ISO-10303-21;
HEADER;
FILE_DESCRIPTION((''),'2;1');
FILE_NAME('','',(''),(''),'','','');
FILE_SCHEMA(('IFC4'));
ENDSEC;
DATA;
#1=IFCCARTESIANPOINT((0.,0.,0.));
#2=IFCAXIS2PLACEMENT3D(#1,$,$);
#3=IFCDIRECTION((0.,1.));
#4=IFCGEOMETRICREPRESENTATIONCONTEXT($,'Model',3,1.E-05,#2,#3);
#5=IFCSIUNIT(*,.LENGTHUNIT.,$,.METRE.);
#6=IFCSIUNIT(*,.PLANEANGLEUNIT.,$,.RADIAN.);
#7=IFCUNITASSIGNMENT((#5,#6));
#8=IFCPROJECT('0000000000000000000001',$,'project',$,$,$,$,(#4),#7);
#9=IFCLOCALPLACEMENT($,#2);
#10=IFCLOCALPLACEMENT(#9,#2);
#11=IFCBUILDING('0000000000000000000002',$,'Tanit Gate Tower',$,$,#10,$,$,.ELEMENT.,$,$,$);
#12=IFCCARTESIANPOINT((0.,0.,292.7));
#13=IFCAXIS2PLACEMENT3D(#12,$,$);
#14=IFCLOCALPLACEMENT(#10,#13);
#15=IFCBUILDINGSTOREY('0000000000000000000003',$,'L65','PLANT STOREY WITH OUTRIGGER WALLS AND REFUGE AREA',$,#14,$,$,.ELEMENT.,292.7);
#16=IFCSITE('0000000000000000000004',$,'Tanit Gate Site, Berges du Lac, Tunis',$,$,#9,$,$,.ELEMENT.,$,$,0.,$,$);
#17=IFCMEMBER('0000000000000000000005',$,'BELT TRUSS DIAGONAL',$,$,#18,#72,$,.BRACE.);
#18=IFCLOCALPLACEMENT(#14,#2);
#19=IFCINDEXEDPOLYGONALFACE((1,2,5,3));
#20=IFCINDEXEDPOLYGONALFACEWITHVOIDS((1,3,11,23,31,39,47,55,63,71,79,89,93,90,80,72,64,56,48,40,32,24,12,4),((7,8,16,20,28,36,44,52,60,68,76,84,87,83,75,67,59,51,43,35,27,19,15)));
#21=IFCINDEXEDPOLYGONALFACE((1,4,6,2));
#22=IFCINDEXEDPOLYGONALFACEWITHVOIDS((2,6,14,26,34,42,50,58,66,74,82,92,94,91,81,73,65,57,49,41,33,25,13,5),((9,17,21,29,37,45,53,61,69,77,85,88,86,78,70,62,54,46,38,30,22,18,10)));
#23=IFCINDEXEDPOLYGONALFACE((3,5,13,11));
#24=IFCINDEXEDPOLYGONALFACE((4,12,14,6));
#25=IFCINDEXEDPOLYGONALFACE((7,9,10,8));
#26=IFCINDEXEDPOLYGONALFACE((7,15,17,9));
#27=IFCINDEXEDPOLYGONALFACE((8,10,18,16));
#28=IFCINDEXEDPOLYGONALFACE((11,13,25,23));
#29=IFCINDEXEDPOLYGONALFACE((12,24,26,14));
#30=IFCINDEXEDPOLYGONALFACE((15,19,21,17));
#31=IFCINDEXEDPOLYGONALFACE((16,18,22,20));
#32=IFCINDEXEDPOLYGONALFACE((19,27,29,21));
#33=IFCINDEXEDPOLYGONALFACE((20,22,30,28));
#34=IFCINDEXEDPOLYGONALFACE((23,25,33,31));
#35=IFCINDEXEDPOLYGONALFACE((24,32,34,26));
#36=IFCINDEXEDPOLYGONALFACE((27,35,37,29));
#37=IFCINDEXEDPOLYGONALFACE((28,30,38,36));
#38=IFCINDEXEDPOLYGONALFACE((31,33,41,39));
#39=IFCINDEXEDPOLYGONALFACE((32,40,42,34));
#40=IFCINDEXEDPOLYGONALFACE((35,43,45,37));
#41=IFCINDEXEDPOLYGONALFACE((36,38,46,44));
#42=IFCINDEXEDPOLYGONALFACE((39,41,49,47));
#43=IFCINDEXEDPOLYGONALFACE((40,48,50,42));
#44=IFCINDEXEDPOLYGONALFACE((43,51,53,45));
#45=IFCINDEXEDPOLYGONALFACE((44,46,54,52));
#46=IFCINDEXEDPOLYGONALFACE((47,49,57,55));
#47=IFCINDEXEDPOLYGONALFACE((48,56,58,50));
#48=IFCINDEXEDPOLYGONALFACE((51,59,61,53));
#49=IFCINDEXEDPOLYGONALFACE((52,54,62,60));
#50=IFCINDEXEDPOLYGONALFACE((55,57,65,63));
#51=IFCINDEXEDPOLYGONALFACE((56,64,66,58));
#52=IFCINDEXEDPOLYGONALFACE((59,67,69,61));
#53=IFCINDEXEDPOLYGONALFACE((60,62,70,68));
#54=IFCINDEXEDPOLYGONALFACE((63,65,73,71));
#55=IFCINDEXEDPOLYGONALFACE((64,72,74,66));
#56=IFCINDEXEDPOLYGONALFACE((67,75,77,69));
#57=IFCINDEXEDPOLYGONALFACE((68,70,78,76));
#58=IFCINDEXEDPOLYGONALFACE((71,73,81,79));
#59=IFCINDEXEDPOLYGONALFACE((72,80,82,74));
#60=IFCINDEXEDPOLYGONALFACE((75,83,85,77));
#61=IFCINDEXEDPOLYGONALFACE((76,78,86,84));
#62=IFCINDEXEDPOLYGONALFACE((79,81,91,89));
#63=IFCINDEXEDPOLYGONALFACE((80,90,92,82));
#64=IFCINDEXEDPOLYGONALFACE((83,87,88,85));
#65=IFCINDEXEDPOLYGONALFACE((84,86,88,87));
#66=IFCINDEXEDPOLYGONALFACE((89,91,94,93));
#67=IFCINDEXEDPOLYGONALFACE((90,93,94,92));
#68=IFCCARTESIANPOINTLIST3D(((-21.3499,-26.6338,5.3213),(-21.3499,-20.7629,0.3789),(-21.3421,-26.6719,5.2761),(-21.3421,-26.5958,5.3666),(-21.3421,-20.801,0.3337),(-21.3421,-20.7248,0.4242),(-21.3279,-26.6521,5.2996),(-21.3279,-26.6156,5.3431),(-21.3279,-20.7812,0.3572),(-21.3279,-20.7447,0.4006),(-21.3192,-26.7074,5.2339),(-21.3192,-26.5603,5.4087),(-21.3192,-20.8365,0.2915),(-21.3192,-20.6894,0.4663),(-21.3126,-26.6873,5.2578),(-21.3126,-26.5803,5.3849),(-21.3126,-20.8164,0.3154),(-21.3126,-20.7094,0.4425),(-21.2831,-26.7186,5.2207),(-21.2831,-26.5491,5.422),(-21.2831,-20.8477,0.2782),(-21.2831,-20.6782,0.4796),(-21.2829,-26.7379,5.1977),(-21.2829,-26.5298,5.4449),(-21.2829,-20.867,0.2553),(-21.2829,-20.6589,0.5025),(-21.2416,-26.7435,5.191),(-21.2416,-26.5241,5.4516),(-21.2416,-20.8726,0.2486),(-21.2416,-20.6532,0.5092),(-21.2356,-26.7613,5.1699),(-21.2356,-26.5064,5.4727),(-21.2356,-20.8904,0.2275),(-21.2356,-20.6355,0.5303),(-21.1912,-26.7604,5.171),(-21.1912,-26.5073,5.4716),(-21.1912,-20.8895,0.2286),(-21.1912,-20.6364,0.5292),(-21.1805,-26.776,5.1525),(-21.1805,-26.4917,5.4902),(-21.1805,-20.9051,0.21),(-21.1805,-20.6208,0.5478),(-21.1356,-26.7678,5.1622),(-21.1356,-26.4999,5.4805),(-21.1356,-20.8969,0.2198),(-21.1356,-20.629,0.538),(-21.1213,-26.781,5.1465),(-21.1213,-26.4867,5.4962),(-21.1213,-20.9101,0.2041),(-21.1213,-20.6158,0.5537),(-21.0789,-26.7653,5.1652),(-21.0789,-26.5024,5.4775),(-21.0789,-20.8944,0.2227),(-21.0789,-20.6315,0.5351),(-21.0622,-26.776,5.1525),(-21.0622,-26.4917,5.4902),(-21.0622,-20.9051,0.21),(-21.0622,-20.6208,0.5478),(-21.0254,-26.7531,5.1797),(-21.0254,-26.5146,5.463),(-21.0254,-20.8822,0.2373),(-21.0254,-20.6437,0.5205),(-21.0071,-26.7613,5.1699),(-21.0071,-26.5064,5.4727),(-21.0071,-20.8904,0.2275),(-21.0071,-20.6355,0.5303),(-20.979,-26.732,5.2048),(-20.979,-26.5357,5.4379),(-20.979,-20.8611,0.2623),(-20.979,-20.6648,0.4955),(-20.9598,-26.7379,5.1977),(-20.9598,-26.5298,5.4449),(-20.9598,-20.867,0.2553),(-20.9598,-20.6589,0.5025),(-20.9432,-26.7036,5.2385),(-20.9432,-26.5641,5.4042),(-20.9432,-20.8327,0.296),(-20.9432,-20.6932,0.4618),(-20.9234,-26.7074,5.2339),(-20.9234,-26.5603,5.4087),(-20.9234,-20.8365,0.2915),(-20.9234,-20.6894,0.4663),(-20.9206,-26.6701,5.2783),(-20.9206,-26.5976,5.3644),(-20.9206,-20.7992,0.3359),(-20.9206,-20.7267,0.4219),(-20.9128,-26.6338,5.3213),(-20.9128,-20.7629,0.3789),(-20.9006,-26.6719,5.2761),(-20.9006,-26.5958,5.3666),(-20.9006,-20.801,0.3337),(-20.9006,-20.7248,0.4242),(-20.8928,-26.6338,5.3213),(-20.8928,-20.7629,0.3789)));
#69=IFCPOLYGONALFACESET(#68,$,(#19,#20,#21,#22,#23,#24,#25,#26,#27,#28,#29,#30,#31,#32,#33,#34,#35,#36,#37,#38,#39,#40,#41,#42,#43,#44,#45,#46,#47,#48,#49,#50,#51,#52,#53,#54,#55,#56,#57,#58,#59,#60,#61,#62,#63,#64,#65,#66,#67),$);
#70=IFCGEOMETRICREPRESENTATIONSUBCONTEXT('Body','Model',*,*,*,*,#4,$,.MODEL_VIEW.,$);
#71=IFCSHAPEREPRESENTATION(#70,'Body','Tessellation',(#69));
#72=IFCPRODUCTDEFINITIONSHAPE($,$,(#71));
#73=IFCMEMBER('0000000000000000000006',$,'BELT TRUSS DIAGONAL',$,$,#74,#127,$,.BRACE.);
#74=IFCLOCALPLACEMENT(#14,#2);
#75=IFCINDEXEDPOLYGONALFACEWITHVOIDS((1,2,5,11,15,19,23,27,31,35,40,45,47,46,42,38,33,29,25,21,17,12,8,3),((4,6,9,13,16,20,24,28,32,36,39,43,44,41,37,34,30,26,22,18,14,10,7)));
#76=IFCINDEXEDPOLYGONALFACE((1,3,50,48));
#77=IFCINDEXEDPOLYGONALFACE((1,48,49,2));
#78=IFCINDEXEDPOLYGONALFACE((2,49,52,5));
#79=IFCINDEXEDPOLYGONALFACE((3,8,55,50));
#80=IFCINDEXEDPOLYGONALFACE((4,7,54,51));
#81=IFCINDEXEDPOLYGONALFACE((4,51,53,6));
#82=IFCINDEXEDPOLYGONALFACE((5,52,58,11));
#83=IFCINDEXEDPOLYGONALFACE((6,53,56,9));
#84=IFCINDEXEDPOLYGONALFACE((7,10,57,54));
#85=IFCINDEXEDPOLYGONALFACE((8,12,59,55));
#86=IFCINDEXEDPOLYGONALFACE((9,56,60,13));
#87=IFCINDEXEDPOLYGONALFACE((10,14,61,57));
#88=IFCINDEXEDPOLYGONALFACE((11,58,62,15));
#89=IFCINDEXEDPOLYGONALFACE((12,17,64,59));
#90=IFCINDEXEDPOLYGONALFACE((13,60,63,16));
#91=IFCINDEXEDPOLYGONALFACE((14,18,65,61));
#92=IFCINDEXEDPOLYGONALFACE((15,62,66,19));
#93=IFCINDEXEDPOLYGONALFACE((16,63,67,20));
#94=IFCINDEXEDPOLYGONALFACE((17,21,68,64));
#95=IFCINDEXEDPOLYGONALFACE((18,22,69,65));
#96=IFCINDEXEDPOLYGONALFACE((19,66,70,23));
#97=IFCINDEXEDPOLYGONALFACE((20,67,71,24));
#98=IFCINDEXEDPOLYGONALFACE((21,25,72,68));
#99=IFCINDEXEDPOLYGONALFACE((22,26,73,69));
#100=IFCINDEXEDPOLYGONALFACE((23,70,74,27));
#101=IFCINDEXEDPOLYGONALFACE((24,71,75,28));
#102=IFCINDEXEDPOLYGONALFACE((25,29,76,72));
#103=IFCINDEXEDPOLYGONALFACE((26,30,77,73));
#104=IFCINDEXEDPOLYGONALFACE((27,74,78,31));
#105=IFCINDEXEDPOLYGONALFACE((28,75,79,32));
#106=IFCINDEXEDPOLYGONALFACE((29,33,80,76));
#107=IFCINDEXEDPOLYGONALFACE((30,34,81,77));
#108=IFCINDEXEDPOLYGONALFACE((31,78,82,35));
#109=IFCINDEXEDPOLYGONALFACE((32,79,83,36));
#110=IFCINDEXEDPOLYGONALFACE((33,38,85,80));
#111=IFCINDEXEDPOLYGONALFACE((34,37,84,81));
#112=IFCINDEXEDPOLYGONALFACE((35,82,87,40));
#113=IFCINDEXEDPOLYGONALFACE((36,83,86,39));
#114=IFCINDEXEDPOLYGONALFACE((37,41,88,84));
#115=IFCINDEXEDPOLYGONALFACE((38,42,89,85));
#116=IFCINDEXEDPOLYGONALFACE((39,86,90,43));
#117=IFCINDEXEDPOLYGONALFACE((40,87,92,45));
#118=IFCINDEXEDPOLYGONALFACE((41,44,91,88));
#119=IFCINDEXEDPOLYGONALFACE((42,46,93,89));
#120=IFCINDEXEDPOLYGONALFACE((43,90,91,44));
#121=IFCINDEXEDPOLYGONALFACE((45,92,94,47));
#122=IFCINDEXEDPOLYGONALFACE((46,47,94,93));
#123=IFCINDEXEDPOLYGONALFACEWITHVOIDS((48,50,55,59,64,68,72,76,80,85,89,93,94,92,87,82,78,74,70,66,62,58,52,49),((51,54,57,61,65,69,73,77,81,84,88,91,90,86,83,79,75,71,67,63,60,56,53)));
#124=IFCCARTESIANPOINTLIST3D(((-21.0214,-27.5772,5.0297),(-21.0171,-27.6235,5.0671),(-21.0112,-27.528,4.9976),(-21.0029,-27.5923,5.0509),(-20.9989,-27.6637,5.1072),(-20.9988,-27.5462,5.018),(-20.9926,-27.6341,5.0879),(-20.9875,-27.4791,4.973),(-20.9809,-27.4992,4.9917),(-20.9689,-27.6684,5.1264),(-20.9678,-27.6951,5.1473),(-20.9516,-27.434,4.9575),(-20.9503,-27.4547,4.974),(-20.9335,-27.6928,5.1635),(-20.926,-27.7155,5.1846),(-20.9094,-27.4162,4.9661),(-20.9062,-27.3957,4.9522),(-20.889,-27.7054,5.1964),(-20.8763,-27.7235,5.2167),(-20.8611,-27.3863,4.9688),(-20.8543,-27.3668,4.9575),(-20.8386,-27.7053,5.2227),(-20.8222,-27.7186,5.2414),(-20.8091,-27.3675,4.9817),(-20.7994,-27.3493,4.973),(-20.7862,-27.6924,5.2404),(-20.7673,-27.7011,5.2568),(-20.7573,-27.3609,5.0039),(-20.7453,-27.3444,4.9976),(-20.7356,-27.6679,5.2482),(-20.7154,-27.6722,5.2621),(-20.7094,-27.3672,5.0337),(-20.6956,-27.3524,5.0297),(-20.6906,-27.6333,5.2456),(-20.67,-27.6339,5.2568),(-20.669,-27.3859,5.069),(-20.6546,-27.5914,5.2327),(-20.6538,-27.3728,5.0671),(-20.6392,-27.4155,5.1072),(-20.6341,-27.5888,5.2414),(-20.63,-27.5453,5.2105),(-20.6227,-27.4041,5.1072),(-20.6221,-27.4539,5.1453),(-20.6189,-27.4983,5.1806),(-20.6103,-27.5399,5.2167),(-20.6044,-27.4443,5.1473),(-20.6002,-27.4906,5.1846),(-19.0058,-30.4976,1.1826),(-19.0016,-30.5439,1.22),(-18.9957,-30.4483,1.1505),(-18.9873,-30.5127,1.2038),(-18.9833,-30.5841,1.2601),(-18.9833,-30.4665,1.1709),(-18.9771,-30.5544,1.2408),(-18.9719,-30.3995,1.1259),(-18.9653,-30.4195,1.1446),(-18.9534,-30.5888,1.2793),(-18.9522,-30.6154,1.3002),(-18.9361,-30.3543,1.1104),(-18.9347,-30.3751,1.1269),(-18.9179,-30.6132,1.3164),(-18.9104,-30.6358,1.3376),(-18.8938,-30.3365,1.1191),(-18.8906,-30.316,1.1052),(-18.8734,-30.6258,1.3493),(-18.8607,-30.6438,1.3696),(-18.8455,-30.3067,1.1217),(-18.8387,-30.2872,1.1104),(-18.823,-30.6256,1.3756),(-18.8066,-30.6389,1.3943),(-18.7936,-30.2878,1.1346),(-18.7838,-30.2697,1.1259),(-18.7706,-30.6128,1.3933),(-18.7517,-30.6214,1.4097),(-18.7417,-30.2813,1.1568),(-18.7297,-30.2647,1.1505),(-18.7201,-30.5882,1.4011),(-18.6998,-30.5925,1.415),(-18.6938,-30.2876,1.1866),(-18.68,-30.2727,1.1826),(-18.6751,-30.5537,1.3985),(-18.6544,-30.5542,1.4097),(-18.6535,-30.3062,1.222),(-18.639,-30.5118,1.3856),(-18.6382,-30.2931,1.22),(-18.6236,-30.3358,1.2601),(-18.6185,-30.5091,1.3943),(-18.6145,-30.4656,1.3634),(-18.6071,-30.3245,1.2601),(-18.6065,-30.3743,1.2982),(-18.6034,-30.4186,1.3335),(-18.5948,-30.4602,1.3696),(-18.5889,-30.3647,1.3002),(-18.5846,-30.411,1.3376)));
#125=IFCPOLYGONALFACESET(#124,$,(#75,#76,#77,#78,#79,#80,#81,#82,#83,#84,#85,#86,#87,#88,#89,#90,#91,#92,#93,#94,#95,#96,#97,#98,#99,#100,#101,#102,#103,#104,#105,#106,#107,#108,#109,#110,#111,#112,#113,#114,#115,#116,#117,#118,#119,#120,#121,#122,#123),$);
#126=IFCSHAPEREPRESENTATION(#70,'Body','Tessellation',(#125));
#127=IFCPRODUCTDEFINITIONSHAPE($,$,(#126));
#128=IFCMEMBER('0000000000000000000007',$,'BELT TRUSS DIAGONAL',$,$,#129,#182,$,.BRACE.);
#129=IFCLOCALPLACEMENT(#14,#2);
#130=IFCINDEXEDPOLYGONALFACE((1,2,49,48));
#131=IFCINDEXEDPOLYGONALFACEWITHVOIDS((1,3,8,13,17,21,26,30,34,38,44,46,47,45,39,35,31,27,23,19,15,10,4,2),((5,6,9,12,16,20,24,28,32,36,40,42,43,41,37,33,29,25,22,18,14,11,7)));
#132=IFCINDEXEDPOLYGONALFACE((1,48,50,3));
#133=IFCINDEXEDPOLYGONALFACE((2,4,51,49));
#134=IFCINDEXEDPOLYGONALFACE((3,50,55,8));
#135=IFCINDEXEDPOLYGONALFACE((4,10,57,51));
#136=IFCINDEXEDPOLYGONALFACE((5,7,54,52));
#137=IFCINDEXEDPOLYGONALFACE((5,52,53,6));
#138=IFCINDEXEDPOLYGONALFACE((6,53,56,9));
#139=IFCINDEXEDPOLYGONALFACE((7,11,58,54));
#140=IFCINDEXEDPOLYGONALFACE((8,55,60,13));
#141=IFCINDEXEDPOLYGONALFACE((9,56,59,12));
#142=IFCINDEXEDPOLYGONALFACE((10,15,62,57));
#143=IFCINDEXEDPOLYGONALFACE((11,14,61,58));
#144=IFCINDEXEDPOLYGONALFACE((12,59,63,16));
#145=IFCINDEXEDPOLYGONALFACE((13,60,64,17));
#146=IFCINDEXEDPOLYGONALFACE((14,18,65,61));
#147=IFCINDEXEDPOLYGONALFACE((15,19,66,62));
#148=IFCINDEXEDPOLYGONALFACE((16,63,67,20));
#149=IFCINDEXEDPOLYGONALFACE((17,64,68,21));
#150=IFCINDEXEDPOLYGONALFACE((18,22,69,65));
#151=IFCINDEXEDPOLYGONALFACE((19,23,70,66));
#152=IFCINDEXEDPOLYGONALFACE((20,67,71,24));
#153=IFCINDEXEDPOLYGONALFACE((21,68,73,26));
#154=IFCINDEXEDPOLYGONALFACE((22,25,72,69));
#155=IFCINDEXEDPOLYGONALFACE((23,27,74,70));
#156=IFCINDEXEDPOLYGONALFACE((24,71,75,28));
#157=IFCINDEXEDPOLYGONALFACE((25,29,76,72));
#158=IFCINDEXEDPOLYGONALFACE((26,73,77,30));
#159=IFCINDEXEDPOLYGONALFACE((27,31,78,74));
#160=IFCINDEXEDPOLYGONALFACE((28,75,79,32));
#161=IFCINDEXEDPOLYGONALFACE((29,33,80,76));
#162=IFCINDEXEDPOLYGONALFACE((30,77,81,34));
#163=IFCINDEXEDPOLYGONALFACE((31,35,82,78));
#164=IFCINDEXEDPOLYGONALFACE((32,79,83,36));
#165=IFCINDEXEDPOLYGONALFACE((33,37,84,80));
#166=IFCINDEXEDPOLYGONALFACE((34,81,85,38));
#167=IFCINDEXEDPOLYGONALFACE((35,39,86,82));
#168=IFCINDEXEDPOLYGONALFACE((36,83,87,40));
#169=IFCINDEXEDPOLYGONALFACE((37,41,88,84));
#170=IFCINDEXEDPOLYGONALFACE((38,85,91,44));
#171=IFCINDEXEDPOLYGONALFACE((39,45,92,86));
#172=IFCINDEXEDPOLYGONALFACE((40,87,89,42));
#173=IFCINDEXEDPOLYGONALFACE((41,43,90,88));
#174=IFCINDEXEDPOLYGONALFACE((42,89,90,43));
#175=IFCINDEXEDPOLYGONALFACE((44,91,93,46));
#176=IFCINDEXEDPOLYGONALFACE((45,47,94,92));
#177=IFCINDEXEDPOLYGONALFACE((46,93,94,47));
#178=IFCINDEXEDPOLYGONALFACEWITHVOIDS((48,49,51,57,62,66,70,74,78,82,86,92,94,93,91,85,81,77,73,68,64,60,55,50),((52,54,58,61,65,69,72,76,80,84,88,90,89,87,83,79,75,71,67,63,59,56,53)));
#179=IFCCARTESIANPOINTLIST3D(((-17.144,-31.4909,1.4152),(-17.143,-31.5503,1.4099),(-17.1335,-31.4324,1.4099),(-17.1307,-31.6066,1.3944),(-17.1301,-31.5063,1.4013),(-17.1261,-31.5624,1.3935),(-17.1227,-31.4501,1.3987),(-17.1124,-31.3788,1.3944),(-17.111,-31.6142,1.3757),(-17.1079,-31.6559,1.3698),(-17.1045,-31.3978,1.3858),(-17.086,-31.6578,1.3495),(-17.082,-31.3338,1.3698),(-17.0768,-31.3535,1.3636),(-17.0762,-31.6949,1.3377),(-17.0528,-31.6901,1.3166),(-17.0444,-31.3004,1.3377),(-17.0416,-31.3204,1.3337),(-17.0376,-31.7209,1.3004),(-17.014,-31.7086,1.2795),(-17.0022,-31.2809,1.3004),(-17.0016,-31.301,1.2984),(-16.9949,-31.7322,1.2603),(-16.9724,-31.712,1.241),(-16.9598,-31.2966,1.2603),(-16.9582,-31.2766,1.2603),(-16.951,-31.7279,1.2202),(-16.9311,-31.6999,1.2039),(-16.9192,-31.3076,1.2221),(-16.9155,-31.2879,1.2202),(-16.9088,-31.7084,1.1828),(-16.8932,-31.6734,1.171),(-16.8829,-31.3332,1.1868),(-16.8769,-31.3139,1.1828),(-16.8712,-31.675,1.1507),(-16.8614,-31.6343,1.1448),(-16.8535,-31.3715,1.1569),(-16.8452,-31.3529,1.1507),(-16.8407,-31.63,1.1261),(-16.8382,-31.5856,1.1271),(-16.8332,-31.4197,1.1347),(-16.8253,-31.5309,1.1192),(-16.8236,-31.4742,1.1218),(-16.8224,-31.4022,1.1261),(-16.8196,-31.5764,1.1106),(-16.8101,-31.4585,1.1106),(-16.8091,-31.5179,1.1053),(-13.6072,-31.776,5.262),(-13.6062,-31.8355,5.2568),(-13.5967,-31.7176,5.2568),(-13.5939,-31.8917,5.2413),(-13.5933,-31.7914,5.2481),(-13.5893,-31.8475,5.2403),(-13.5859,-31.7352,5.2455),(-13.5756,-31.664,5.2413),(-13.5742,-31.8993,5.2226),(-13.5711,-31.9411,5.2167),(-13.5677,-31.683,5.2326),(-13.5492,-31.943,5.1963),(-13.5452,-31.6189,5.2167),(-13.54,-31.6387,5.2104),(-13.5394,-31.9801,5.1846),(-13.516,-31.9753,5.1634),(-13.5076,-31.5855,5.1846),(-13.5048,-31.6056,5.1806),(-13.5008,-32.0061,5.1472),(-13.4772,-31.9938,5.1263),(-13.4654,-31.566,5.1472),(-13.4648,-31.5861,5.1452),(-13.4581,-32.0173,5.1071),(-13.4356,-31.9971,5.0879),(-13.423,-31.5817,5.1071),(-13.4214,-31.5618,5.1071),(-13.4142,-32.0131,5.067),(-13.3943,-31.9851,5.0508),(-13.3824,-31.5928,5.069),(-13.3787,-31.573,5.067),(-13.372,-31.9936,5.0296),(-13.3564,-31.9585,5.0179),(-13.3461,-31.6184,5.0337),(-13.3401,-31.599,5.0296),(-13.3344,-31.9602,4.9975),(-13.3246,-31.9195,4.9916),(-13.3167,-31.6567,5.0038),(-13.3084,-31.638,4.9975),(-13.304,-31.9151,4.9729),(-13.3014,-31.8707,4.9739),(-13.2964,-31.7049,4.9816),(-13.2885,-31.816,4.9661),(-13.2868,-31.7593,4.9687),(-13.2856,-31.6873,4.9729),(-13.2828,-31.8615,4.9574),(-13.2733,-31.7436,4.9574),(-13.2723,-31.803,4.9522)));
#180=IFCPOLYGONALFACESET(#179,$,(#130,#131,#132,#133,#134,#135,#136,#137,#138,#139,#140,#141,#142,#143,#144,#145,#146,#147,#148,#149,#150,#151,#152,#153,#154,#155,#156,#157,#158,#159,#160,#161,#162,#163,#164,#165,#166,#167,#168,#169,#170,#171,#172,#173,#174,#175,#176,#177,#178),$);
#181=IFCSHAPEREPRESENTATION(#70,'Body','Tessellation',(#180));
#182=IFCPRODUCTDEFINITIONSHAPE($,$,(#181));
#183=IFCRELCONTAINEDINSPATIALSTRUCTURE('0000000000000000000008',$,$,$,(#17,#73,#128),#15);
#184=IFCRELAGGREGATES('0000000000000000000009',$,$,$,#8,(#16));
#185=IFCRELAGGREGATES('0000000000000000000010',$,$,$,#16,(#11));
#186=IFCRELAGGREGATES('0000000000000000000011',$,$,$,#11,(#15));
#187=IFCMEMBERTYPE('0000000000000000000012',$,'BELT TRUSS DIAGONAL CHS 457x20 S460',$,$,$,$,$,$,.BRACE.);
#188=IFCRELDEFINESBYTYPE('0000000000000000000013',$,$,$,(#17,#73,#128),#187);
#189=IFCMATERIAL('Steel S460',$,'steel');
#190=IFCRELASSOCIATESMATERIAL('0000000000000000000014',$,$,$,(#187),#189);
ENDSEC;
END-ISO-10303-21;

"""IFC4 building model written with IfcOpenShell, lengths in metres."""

from ifc_helpers import new_model, si_unit, direction, frame, origin, origin_2d, place, context, subcontext, project, spatial, hollow_circle, extrude, material, material_profile, profile_set, type_object, element, save


model = new_model("IFC4")

# Units and contexts
model_context = context("Model", 3, precision=1e-05, world=origin(), true_north=direction((0.0, 1.0)))
body_context = subcontext(model_context, "Body", "Model", "MODEL_VIEW")
ifc_project = project(units=[si_unit("LENGTHUNIT", "METRE"), si_unit("PLANEANGLEUNIT", "RADIAN")], contexts=[model_context])

# Site, building, storey
site_placement = place(None, origin())
site = spatial("IfcSite", under=ifc_project, at=site_placement, Name="Tanit Gate Site, Berges du Lac, Tunis", CompositionType="ELEMENT", RefElevation=0.0)
building_placement = place(site_placement, origin())
building = spatial("IfcBuilding", under=site, at=building_placement, Name="Tanit Gate Tower", CompositionType="ELEMENT")
storey_placement = place(building_placement, frame((0.0, 0.0, 292.7)))
storey = spatial("IfcBuildingStorey", under=building, at=storey_placement, Name="L65", Description="PLANT STOREY WITH OUTRIGGER WALLS AND REFUGE AREA", CompositionType="ELEMENT", Elevation=292.7)

# Members
ifc_material_1 = material(Name="Steel S460", Category="steel")
ifc_material_profile_1 = material_profile(ifc_material_1, hollow_circle(Radius=0.2285, WallThickness=0.02, at=origin_2d()), Name="CHS 457x20")
ifc_profile_set_1 = profile_set([ifc_material_profile_1], Name="Steel S460")
member_type = type_object("IfcMemberType", Name="BELT TRUSS DIAGONAL CHS 457x20 S460", PredefinedType="BRACE", material=ifc_profile_set_1)
member_1_placement = place(storey_placement, frame((-21.1213, -20.7629, 0.3789), z_axis=(0.0, -0.765007, 0.644022), x_axis=(1.0, 0.0, 0.0)))
element("IfcMember", 1, at=member_1_placement, inside=storey, type_object=member_type, Name="BELT TRUSS DIAGONAL", PredefinedType="BRACE", context=body_context, shape_type="SweptSolid", body=[
    extrude(hollow_circle(Radius=0.2285, WallThickness=0.02, at=origin_2d()), origin(), (0.0, 0.0, 1.0), 7.6743),
])
member_2_placement = place(storey_placement, frame((-20.8108, -27.5339, 5.1072), z_axis=(0.38512, -0.557995, -0.735068), x_axis=(0.823009, 0.568029, 0.0)))
element("IfcMember", 2, at=member_2_placement, inside=storey, type_object=member_type, Name="BELT TRUSS DIAGONAL", PredefinedType="BRACE", context=body_context, shape_type="SweptSolid", body=[
    extrude(hollow_circle(Radius=0.2285, WallThickness=0.02, at=origin_2d()), origin(), (0.0, 0.0, 1.0), 5.2336),
])
member_3_placement = place(storey_placement, frame((-16.9766, -31.5044, 1.2603), z_axis=(0.675812, -0.054487, 0.735057), x_axis=(0.080363, 0.996766, 0.0)))
element("IfcMember", 3, at=member_3_placement, inside=storey, type_object=member_type, Name="BELT TRUSS DIAGONAL", PredefinedType="BRACE", context=body_context, shape_type="SweptSolid", body=[
    extrude(hollow_circle(Radius=0.2285, WallThickness=0.02, at=origin_2d()), origin(), (0.0, 0.0, 1.0), 5.2334),
])

save(model, "model.ifc")
